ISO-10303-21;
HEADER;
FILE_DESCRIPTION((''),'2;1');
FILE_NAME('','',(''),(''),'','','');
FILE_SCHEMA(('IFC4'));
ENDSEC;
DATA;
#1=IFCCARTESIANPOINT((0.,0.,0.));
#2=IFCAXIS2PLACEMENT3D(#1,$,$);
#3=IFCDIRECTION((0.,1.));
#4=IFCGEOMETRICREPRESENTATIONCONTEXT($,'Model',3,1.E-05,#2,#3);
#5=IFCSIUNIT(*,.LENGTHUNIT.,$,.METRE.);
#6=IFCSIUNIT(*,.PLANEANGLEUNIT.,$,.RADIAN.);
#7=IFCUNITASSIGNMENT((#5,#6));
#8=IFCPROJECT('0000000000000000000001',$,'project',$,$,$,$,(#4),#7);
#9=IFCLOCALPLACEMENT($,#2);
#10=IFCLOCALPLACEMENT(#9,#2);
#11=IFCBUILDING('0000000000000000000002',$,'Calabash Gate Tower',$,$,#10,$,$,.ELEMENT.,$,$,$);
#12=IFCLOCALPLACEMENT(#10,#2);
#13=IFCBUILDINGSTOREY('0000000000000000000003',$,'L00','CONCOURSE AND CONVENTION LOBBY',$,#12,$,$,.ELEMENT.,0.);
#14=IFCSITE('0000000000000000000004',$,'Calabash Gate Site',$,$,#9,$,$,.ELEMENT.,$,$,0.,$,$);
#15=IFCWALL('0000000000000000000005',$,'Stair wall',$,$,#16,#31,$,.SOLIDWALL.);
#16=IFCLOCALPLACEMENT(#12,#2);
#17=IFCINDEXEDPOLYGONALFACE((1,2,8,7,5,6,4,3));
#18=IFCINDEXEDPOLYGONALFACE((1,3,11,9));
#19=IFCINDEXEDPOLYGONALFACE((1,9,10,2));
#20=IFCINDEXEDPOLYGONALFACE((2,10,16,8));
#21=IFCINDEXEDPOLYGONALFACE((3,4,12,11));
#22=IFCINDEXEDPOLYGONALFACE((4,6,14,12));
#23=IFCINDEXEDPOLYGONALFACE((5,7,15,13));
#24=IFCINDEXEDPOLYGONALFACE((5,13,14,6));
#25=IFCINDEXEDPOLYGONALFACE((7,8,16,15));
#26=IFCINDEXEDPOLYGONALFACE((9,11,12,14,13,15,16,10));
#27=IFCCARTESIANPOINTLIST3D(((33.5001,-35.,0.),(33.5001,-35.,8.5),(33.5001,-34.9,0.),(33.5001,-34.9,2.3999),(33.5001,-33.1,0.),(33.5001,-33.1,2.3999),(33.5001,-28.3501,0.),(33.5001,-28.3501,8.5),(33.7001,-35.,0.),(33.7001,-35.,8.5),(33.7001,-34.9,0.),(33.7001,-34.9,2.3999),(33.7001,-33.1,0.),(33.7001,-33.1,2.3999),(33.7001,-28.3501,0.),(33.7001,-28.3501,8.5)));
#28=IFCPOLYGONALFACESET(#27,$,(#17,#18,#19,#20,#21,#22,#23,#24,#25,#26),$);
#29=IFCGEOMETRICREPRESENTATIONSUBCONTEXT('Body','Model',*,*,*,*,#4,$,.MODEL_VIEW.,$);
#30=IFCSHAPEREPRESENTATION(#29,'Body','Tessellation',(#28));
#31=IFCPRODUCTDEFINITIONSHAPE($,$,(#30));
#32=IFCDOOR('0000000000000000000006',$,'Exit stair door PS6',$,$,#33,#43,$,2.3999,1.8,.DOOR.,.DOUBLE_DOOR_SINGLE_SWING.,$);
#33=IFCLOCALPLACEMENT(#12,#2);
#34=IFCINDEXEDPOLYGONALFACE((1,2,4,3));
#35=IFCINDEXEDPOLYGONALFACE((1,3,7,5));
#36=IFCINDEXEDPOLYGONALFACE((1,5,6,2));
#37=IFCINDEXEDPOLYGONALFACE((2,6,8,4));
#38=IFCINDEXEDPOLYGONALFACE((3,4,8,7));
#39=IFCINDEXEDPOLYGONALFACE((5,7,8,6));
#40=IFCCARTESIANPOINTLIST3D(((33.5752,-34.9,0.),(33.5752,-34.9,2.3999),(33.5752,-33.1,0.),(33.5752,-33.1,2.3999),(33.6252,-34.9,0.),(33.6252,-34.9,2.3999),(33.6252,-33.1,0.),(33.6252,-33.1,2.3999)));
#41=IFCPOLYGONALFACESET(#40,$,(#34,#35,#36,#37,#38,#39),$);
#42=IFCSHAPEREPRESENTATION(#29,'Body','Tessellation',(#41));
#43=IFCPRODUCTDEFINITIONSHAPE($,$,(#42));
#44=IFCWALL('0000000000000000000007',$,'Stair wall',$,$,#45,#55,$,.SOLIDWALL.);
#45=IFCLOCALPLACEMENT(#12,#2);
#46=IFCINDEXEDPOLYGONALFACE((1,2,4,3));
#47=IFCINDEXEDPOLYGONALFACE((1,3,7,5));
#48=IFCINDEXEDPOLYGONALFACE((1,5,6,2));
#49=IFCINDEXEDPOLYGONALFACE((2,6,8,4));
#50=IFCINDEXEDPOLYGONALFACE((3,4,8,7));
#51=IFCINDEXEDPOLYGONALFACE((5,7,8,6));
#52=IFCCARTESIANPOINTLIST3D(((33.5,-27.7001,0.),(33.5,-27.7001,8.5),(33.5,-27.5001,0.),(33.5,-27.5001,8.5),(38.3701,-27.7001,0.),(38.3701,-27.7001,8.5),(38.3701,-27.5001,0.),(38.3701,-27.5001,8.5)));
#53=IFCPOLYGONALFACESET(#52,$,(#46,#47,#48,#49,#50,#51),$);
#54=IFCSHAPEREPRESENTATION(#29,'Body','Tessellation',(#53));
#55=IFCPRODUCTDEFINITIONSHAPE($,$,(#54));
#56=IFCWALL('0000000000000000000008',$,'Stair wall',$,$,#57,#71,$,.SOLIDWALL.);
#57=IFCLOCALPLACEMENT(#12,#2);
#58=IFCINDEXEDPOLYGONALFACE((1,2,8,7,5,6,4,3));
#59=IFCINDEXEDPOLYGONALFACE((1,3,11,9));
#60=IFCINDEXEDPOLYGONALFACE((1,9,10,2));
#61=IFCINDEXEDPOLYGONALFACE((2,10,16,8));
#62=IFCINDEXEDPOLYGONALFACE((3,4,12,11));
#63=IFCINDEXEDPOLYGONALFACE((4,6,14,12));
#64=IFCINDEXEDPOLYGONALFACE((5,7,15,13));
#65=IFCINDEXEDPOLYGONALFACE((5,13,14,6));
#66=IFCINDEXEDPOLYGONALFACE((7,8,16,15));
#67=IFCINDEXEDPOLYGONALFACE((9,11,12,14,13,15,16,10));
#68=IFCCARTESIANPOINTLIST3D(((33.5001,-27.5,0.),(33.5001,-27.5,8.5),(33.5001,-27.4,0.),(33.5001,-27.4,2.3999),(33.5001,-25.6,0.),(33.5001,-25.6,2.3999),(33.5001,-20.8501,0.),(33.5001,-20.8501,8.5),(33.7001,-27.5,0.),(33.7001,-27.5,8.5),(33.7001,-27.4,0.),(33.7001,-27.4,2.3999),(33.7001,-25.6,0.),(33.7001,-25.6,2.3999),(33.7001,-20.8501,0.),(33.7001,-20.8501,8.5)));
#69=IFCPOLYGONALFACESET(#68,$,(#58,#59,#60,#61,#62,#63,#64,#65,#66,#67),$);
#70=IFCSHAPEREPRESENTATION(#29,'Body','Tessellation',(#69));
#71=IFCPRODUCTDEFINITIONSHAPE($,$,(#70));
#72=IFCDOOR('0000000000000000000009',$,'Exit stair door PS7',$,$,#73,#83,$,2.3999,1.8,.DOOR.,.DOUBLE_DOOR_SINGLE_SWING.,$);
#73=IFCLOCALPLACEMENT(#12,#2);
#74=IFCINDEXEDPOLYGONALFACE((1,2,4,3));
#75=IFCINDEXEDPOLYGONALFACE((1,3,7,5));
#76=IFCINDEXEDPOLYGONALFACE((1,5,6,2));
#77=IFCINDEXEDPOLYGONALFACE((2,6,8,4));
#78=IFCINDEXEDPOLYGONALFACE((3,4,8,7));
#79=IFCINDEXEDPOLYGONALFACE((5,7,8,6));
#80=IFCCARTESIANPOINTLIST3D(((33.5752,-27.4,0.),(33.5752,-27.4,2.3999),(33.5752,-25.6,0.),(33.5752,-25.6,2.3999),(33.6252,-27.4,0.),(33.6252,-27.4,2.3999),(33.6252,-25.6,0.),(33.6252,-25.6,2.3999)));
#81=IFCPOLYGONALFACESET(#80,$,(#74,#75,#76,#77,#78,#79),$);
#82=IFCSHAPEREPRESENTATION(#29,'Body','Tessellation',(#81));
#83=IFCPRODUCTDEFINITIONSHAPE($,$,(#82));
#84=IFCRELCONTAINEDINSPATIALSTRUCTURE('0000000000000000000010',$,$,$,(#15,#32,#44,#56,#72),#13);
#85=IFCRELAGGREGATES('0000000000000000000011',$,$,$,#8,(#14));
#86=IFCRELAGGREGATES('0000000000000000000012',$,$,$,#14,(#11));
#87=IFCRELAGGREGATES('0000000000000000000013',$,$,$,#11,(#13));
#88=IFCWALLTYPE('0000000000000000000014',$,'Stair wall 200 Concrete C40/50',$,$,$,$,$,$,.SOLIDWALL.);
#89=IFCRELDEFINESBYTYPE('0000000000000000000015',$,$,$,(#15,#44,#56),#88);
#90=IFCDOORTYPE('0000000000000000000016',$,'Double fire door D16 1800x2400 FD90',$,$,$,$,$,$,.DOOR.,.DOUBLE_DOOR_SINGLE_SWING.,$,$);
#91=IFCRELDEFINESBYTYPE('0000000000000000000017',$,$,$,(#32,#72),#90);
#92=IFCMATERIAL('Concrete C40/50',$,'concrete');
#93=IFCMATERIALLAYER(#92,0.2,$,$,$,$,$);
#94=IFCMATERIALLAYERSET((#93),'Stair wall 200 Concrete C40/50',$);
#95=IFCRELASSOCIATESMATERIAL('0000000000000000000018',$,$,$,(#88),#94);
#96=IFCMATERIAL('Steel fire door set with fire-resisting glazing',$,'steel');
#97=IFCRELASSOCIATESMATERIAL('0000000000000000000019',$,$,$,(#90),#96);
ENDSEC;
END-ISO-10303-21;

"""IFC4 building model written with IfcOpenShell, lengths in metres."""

from ifc_helpers import new_model, si_unit, direction, frame, frame_2d, origin, place, context, subcontext, project, spatial, rectangle, extrude, material, layer, layer_set, type_object, element, fill, save


model = new_model("IFC4")

# Units and contexts
model_context = context("Model", 3, precision=1e-05, world=origin(), true_north=direction((0.0, 1.0)))
body_context = subcontext(model_context, "Body", "Model", "MODEL_VIEW")
ifc_project = project(units=[si_unit("LENGTHUNIT", "METRE"), si_unit("PLANEANGLEUNIT", "RADIAN")], contexts=[model_context])

# Site, building, storey
site_placement = place(None, origin())
site = spatial("IfcSite", under=ifc_project, at=site_placement, Name="Calabash Gate Site", CompositionType="ELEMENT", RefElevation=0.0)
building_placement = place(site_placement, origin())
building = spatial("IfcBuilding", under=site, at=building_placement, Name="Calabash Gate Tower", CompositionType="ELEMENT")
storey_placement = place(building_placement, origin())
storey = spatial("IfcBuildingStorey", under=building, at=storey_placement, Name="L00", Description="CONCOURSE AND CONVENTION LOBBY", CompositionType="ELEMENT", Elevation=0.0)

# Shared definitions
ifc_material_1 = material(Name="Concrete C40/50", Category="concrete")
ifc_layer_1 = layer(ifc_material_1, 0.2)
ifc_layer_set_1 = layer_set([ifc_layer_1], Name="Stair wall 200 Concrete C40/50")
wall_type_1 = type_object("IfcWallType", Name="Stair wall 200 Concrete C40/50", PredefinedType="SOLIDWALL", material=ifc_layer_set_1)

# Wall, opening, door
wall_1_placement = place(storey_placement, frame((33.6001, -35.0, 0.0), z_axis=(0.0, 0.0, 1.0), x_axis=(0.0, 1.0, 0.0)))
wall_1 = element("IfcWall", 1, at=wall_1_placement, inside=storey, type_object=wall_type_1, Name="Stair wall", PredefinedType="SOLIDWALL", context=body_context, shape_type="SweptSolid", body=[
    extrude(rectangle(XDim=6.6499, YDim=0.2, at=frame_2d((3.325, 0.0))), origin(), (0.0, 0.0, 1.0), 8.5),
])
opening_1_placement = place(wall_1_placement, frame((0.1001, 0.0, 0.0)))
opening_1 = element("IfcOpeningElement", 2, at=opening_1_placement, cuts=wall_1, PredefinedType="OPENING", context=body_context, shape_type="SweptSolid", body=[
    extrude(rectangle(XDim=1.8, YDim=2.3999, at=frame_2d((0.8999, 1.2))), frame((0.0, 0.1099, 0.0), z_axis=(0.0, -1.0, 0.0), x_axis=(1.0, 0.0, 0.0)), (0.0, 0.0, 1.0), 0.22),
])
ifc_material_2 = material(Name="Steel fire door set with fire-resisting glazing", Category="steel")
door_type = type_object("IfcDoorType", Name="Double fire door D16 1800x2400 FD90", OperationType="DOUBLE_DOOR_SINGLE_SWING", PredefinedType="DOOR", material=ifc_material_2)
door_1_placement = place(opening_1_placement, origin())
door_1 = element("IfcDoor", 3, at=door_1_placement, inside=storey, type_object=door_type, Name="Exit stair door PS6", OperationType="DOUBLE_DOOR_SINGLE_SWING", OverallHeight=2.3999, OverallWidth=1.8, PredefinedType="DOOR", context=body_context, shape_type="SweptSolid", body=[
    extrude(rectangle(XDim=1.8, YDim=2.3999, at=frame_2d((0.8999, 1.2))), frame((0.0, 0.0249, 0.0), z_axis=(0.0, -1.0, 0.0), x_axis=(1.0, 0.0, 0.0)), (0.0, 0.0, 1.0), 0.05),
])
fill(opening_1, door_1)

# Wall
wall_2_placement = place(storey_placement, frame((33.5, -27.6001, 0.0), z_axis=(0.0, 0.0, 1.0), x_axis=(1.0, 0.0, 0.0)))
element("IfcWall", 4, at=wall_2_placement, inside=storey, type_object=wall_type_1, Name="Stair wall", PredefinedType="SOLIDWALL", context=body_context, shape_type="SweptSolid", body=[
    extrude(rectangle(XDim=4.8701, YDim=0.2, at=frame_2d((2.4351, 0.0))), origin(), (0.0, 0.0, 1.0), 8.5),
])

# Wall, opening, door
wall_3_placement = place(storey_placement, frame((33.6001, -27.5, 0.0), z_axis=(0.0, 0.0, 1.0), x_axis=(0.0, 1.0, 0.0)))
wall_3 = element("IfcWall", 5, at=wall_3_placement, inside=storey, type_object=wall_type_1, Name="Stair wall", PredefinedType="SOLIDWALL", context=body_context, shape_type="SweptSolid", body=[
    extrude(rectangle(XDim=6.6499, YDim=0.2, at=frame_2d((3.325, 0.0))), origin(), (0.0, 0.0, 1.0), 8.5),
])
opening_2_placement = place(wall_3_placement, frame((0.1001, 0.0, 0.0)))
opening_2 = element("IfcOpeningElement", 6, at=opening_2_placement, cuts=wall_3, PredefinedType="OPENING", context=body_context, shape_type="SweptSolid", body=[
    extrude(rectangle(XDim=1.8, YDim=2.3999, at=frame_2d((0.8999, 1.2))), frame((0.0, 0.1099, 0.0), z_axis=(0.0, -1.0, 0.0), x_axis=(1.0, 0.0, 0.0)), (0.0, 0.0, 1.0), 0.22),
])
door_2_placement = place(opening_2_placement, origin())
door_2 = element("IfcDoor", 7, at=door_2_placement, inside=storey, type_object=door_type, Name="Exit stair door PS7", OperationType="DOUBLE_DOOR_SINGLE_SWING", OverallHeight=2.3999, OverallWidth=1.8, PredefinedType="DOOR", context=body_context, shape_type="SweptSolid", body=[
    extrude(rectangle(XDim=1.8, YDim=2.3999, at=frame_2d((0.8999, 1.2))), frame((0.0, 0.0249, 0.0), z_axis=(0.0, -1.0, 0.0), x_axis=(1.0, 0.0, 0.0)), (0.0, 0.0, 1.0), 0.05),
])
fill(opening_2, door_2)

save(model, "model.ifc")
